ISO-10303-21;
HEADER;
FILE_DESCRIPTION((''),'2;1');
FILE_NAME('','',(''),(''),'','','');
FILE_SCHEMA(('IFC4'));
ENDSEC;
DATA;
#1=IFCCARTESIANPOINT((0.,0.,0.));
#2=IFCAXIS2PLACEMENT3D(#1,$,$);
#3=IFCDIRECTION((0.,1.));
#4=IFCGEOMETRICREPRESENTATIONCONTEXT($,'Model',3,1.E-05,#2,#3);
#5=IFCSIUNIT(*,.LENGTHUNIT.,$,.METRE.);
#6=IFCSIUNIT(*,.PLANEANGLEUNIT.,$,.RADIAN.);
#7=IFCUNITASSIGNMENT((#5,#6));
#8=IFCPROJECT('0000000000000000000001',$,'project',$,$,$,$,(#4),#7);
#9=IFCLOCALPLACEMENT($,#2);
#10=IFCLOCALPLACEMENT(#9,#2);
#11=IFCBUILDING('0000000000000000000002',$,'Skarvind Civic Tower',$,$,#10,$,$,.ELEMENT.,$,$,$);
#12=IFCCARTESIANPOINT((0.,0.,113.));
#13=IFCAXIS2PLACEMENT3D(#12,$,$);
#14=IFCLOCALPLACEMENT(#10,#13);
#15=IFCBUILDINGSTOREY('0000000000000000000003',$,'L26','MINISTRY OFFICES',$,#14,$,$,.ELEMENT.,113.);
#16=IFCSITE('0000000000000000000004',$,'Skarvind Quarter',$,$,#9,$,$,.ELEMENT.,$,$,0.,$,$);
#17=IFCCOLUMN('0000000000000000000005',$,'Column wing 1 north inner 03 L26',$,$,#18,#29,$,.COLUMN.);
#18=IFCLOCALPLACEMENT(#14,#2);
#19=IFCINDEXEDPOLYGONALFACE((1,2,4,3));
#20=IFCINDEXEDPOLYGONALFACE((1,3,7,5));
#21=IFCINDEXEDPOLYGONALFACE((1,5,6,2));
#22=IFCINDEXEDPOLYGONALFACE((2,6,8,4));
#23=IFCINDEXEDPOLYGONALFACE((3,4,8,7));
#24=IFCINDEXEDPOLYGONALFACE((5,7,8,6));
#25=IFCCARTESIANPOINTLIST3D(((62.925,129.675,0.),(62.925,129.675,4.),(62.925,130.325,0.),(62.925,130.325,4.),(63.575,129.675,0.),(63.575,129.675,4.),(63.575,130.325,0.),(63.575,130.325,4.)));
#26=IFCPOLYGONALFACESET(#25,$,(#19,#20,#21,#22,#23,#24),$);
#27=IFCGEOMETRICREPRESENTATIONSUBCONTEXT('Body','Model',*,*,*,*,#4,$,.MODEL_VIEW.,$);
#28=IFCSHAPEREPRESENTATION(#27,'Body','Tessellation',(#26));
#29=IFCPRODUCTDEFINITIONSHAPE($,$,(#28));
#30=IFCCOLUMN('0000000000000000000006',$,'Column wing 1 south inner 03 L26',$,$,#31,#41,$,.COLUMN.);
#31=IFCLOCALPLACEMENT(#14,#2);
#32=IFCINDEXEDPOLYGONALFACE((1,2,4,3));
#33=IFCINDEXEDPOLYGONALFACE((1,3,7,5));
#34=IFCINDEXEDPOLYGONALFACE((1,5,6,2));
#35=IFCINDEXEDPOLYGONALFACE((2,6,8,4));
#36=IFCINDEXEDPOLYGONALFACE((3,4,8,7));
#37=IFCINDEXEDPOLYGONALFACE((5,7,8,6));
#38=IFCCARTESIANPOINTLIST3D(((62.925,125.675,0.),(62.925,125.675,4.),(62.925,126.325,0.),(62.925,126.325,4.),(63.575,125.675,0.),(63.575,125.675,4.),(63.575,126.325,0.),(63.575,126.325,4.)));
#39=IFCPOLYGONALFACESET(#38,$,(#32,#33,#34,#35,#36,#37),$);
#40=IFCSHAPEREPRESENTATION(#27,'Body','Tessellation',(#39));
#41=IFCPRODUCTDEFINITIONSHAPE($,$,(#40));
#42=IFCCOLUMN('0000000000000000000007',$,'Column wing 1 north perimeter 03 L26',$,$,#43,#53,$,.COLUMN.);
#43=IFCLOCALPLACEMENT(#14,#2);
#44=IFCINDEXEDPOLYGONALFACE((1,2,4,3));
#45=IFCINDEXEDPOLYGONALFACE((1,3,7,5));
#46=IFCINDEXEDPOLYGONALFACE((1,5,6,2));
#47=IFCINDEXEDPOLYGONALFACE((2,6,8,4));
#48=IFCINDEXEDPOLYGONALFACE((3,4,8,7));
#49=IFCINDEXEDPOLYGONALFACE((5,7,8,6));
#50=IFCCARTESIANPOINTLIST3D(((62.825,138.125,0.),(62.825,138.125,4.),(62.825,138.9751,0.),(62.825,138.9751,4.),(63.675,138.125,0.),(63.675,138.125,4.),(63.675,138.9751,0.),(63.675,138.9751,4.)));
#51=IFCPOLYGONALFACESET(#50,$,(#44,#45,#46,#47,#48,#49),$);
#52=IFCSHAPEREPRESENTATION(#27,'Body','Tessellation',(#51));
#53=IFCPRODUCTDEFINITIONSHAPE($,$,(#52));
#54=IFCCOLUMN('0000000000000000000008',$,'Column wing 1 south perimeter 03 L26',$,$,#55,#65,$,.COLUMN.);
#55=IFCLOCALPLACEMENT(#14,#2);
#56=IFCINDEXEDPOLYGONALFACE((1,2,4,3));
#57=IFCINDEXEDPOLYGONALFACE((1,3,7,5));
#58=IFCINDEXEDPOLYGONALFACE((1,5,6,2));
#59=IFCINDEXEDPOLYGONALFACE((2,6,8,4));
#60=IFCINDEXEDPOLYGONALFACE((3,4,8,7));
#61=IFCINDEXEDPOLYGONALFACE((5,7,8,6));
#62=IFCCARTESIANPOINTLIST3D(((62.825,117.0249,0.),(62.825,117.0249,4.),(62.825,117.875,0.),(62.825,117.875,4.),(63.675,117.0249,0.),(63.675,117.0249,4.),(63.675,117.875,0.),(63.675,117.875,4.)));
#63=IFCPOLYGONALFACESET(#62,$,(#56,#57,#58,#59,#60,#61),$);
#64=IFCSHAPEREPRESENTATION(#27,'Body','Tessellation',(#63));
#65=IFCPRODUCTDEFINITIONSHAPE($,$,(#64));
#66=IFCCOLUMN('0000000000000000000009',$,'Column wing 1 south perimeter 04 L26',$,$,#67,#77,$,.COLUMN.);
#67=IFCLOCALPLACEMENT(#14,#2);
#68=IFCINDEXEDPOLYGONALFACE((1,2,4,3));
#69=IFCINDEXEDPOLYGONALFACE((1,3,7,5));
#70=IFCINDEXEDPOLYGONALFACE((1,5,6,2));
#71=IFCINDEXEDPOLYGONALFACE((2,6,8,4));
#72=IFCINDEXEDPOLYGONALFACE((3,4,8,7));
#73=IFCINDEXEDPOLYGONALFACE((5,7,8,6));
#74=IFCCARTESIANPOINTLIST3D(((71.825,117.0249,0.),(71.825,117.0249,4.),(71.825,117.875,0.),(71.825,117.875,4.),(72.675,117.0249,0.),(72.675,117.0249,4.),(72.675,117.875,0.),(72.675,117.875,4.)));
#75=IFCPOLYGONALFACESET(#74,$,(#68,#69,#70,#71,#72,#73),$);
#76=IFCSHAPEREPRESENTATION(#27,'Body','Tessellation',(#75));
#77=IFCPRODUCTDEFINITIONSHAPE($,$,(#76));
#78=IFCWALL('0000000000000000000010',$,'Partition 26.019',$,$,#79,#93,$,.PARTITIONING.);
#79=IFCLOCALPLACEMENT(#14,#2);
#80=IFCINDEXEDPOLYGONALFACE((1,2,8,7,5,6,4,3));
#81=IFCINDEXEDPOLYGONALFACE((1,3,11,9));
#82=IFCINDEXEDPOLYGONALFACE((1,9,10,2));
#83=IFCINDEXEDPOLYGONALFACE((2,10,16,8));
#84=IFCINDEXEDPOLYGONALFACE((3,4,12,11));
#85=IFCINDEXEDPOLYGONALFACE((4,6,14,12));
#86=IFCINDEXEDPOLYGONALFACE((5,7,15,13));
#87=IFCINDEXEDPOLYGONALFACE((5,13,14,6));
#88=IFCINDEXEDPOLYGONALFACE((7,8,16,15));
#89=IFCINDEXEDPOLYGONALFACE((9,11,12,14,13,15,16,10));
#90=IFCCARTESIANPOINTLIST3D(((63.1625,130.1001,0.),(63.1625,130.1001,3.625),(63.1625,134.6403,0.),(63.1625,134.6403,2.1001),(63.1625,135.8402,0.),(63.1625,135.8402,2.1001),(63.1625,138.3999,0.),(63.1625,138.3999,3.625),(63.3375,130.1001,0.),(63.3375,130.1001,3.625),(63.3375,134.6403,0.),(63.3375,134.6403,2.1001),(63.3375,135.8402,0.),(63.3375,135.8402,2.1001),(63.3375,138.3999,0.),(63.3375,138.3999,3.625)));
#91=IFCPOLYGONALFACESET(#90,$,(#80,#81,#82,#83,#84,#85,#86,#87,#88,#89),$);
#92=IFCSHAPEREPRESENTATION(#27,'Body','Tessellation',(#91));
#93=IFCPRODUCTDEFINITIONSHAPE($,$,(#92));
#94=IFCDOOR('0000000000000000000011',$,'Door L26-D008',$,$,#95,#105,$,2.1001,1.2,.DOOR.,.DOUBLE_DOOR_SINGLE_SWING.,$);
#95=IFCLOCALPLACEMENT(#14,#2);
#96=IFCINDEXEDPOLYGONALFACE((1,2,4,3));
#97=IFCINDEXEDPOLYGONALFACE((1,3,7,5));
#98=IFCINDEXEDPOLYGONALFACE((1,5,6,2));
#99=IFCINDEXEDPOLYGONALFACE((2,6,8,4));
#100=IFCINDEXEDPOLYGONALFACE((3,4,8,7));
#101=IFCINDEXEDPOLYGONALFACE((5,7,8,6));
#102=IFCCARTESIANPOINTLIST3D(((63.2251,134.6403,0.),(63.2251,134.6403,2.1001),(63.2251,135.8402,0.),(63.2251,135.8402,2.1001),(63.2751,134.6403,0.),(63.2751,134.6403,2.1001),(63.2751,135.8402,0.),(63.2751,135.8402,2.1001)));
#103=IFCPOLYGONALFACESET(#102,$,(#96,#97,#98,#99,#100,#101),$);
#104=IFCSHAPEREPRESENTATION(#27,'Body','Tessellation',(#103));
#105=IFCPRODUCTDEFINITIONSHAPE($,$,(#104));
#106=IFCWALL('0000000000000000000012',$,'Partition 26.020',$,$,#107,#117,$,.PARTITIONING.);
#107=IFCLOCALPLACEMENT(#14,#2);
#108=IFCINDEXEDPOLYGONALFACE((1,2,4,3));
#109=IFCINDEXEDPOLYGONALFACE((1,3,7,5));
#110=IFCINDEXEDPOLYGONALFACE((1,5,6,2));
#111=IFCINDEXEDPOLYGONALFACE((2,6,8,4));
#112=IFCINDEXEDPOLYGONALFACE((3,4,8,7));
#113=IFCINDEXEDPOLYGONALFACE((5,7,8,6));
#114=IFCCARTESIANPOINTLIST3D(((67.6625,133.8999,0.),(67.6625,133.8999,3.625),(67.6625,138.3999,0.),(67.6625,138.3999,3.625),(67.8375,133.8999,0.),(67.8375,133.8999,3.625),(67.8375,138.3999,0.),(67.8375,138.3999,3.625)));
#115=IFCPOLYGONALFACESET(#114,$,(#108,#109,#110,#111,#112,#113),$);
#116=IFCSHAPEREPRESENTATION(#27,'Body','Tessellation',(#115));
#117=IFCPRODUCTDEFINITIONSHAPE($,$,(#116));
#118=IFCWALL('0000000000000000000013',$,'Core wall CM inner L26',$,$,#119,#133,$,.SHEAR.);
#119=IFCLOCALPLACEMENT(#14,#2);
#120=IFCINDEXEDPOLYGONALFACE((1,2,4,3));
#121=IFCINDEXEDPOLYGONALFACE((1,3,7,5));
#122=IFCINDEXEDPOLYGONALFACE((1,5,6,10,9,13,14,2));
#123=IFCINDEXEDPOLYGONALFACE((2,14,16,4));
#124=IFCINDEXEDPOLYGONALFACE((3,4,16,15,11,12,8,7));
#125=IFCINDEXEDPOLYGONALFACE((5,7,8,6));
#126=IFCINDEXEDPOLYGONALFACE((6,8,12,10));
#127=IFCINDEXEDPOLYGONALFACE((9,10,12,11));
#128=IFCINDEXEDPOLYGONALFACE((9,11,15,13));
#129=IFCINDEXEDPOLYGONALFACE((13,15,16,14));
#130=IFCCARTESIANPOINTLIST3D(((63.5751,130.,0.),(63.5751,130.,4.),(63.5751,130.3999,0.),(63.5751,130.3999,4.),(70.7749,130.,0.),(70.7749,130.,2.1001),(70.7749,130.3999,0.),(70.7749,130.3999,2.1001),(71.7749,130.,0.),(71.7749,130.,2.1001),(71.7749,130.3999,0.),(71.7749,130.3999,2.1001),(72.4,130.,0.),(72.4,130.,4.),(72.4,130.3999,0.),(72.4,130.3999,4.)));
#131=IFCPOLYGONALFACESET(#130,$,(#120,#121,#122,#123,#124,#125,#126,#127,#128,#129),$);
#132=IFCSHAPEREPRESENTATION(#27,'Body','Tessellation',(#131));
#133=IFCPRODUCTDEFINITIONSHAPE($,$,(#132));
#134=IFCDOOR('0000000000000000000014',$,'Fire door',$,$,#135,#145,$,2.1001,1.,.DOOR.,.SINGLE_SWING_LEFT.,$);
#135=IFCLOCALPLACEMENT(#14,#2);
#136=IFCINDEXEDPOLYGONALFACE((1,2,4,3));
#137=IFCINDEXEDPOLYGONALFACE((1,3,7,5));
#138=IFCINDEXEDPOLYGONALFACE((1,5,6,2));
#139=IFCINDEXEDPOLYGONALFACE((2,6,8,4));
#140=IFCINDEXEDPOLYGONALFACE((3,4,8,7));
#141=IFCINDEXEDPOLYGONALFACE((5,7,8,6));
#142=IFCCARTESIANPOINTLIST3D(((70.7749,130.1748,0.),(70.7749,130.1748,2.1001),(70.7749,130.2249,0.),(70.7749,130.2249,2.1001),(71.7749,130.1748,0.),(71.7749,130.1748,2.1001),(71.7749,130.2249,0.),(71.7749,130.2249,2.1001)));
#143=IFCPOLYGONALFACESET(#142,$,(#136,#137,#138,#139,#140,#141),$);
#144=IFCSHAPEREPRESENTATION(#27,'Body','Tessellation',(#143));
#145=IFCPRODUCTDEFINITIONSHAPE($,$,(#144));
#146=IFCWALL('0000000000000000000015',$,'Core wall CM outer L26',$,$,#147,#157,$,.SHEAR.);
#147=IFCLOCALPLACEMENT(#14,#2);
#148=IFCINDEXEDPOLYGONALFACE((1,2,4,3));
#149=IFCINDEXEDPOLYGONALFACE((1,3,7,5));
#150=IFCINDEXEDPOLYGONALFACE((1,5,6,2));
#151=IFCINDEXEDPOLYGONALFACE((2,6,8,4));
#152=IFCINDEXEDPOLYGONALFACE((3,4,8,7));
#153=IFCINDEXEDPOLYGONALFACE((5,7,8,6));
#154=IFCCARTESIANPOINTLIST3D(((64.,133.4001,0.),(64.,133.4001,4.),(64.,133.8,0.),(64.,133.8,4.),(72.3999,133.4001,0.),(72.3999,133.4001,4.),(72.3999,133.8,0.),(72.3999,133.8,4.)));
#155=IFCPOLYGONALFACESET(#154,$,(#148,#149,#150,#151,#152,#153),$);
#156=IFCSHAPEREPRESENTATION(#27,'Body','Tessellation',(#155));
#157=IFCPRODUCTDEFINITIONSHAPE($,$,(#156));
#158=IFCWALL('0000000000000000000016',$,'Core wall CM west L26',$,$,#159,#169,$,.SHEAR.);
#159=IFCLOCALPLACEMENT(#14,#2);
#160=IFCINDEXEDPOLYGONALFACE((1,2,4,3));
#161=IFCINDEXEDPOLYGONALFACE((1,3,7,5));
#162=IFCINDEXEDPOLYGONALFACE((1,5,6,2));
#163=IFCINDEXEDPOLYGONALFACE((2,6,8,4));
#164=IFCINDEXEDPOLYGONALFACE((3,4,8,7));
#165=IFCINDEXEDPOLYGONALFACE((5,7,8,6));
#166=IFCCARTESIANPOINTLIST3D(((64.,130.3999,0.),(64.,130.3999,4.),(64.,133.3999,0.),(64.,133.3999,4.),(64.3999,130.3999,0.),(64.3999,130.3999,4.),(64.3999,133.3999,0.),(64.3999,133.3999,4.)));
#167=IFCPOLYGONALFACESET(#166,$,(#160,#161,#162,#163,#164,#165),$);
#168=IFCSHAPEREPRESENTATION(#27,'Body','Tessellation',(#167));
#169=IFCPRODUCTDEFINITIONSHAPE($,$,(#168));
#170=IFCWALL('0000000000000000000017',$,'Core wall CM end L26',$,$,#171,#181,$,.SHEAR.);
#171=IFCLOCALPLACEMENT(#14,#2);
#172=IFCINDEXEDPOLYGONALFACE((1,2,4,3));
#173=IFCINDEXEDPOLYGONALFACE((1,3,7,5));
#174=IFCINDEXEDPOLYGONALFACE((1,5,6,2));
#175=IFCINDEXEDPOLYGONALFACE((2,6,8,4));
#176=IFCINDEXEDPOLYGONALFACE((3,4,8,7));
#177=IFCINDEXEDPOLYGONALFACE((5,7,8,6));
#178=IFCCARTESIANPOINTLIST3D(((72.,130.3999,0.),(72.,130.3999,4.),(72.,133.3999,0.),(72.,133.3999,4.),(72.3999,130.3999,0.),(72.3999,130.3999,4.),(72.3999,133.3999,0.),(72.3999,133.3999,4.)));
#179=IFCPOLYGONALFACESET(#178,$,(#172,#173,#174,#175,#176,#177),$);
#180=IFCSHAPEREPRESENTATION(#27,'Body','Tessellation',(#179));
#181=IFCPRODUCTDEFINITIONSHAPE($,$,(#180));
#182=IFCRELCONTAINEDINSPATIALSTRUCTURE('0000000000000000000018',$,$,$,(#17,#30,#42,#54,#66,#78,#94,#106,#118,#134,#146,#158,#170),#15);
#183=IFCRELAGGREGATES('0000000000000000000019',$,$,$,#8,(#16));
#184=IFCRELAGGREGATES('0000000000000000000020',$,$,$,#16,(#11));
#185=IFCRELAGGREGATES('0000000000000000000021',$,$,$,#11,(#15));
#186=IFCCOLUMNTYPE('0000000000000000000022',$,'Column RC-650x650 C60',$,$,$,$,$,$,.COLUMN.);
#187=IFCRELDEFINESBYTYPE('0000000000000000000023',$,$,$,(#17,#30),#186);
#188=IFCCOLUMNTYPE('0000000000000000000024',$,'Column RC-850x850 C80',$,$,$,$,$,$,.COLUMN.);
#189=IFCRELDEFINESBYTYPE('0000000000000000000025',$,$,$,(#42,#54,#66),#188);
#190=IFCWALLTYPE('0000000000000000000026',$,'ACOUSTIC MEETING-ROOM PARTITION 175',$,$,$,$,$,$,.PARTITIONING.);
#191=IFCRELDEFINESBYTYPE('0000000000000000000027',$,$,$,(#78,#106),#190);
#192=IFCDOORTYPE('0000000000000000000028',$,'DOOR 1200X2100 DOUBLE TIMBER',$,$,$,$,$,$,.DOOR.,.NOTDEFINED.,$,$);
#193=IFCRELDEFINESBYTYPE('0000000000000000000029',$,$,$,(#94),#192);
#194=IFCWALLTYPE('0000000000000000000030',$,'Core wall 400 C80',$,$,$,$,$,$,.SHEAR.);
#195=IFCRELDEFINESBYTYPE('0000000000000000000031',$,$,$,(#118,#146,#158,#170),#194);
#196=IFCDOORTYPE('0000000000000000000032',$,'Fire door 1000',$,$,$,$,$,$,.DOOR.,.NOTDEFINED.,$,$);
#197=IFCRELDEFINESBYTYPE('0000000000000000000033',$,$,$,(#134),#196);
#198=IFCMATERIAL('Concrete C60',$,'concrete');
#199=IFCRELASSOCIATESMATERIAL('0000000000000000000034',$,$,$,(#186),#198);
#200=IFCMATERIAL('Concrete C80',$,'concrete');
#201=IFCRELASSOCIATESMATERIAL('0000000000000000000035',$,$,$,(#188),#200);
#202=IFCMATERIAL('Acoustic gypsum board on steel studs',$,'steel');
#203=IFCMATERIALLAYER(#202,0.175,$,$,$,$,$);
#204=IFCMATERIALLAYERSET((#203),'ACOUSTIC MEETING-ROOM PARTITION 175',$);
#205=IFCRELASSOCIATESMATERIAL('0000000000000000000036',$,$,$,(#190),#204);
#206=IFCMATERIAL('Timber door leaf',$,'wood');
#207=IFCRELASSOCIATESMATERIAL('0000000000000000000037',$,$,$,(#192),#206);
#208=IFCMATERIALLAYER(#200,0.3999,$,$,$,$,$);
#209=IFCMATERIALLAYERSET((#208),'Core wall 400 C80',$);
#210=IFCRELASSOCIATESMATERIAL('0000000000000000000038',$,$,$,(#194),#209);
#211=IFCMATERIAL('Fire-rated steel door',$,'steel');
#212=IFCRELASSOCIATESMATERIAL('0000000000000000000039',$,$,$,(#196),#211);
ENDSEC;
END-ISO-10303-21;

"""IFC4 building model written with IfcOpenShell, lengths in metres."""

from ifc_helpers import new_model, si_unit, direction, frame, frame_2d, origin, origin_2d, place, context, subcontext, project, spatial, rectangle, extrude, material, layer, layer_set, material_profile, profile_set, type_object, element, fill, save


model = new_model("IFC4")

# Units and contexts
model_context = context("Model", 3, precision=1e-05, world=origin(), true_north=direction((0.0, 1.0)))
body_context = subcontext(model_context, "Body", "Model", "MODEL_VIEW")
ifc_project = project(units=[si_unit("LENGTHUNIT", "METRE"), si_unit("PLANEANGLEUNIT", "RADIAN")], contexts=[model_context])

# Site, building, storey
site_placement = place(None, origin())
site = spatial("IfcSite", under=ifc_project, at=site_placement, Name="Skarvind Quarter", CompositionType="ELEMENT", RefElevation=0.0)
building_placement = place(site_placement, origin())
building = spatial("IfcBuilding", under=site, at=building_placement, Name="Skarvind Civic Tower", CompositionType="ELEMENT")
storey_placement = place(building_placement, frame((0.0, 0.0, 113.0)))
storey = spatial("IfcBuildingStorey", under=building, at=storey_placement, Name="L26", Description="MINISTRY OFFICES", CompositionType="ELEMENT", Elevation=113.0)

# Columns
ifc_material_1 = material(Name="Concrete C60", Category="concrete")
ifc_material_profile_1 = material_profile(ifc_material_1, rectangle(XDim=0.6499, YDim=0.6499, at=origin_2d()), Name="RC-650x650")
ifc_profile_set_1 = profile_set([ifc_material_profile_1], Name="Concrete C60")
column_type_1 = type_object("IfcColumnType", Name="Column RC-650x650 C60", PredefinedType="COLUMN", material=ifc_profile_set_1)
for number, where, z_axis, x_axis, name in (
    (1, (63.25, 130.0, 0.0), (0.0, 0.0, 1.0), (1.0, 0.0, 0.0), "Column wing 1 north inner 03 L26"),
    (2, (63.25, 126.0, 0.0), (0.0, 0.0, 1.0), (1.0, 0.0, 0.0), "Column wing 1 south inner 03 L26"),
):
    element("IfcColumn", number, at=place(storey_placement, frame(where, z_axis=z_axis, x_axis=x_axis)), inside=storey, type_object=column_type_1, Name=name, PredefinedType="COLUMN", context=body_context, shape_type="SweptSolid", body=[
        extrude(rectangle(XDim=0.6499, YDim=0.6499, at=origin_2d()), origin(), (0.0, 0.0, 1.0), 4.0),
    ])
ifc_material_2 = material(Name="Concrete C80", Category="concrete")
ifc_material_profile_2 = material_profile(ifc_material_2, rectangle(XDim=0.8501, YDim=0.8501, at=origin_2d()), Name="RC-850x850")
ifc_profile_set_2 = profile_set([ifc_material_profile_2], Name="Concrete C80")
column_type_2 = type_object("IfcColumnType", Name="Column RC-850x850 C80", PredefinedType="COLUMN", material=ifc_profile_set_2)
for number, where, z_axis, x_axis, name in (
    (3, (63.25, 138.55, 0.0), (0.0, 0.0, 1.0), (1.0, 0.0, 0.0), "Column wing 1 north perimeter 03 L26"),
    (4, (63.25, 117.45, 0.0), (0.0, 0.0, 1.0), (1.0, 0.0, 0.0), "Column wing 1 south perimeter 03 L26"),
    (5, (72.25, 117.45, 0.0), (0.0, 0.0, 1.0), (1.0, 0.0, 0.0), "Column wing 1 south perimeter 04 L26"),
):
    element("IfcColumn", number, at=place(storey_placement, frame(where, z_axis=z_axis, x_axis=x_axis)), inside=storey, type_object=column_type_2, Name=name, PredefinedType="COLUMN", context=body_context, shape_type="SweptSolid", body=[
        extrude(rectangle(XDim=0.8501, YDim=0.8501, at=origin_2d()), origin(), (0.0, 0.0, 1.0), 4.0),
    ])

# Wall, opening, door
ifc_material_3 = material(Name="Acoustic gypsum board on steel studs", Category="steel")
ifc_layer_1 = layer(ifc_material_3, 0.175)
ifc_layer_set_1 = layer_set([ifc_layer_1], Name="ACOUSTIC MEETING-ROOM PARTITION 175")
wall_type_1 = type_object("IfcWallType", Name="ACOUSTIC MEETING-ROOM PARTITION 175", PredefinedType="PARTITIONING", material=ifc_layer_set_1)
wall_1_placement = place(storey_placement, frame((63.25, 130.1001, 0.0), z_axis=(0.0, 0.0, 1.0), x_axis=(0.0, 1.0, 0.0)))
wall_1 = element("IfcWall", 6, at=wall_1_placement, inside=storey, type_object=wall_type_1, Name="Partition 26.019", PredefinedType="PARTITIONING", context=body_context, shape_type="SweptSolid", body=[
    extrude(rectangle(XDim=8.2998, YDim=0.175, at=frame_2d((4.1499, 0.0))), origin(), (0.0, 0.0, 1.0), 3.625),
])
opening_1_placement = place(wall_1_placement, frame((4.54, 0.0, 0.0)))
opening_1 = element("IfcOpeningElement", 7, at=opening_1_placement, cuts=wall_1, PredefinedType="OPENING", context=body_context, shape_type="SweptSolid", body=[
    extrude(rectangle(XDim=1.2, YDim=2.1001, at=frame_2d((0.6001, 1.05))), frame((0.0, 0.0974, 0.0), z_axis=(0.0, -1.0, 0.0), x_axis=(1.0, 0.0, 0.0)), (0.0, 0.0, 1.0), 0.1951),
])
ifc_material_4 = material(Name="Timber door leaf", Category="wood")
door_type_1 = type_object("IfcDoorType", Name="DOOR 1200X2100 DOUBLE TIMBER", OperationType="NOTDEFINED", PredefinedType="DOOR", material=ifc_material_4)
door_1_placement = place(opening_1_placement, origin())
door_1 = element("IfcDoor", 8, at=door_1_placement, inside=storey, type_object=door_type_1, Name="Door L26-D008", OperationType="DOUBLE_DOOR_SINGLE_SWING", OverallHeight=2.1001, OverallWidth=1.2, PredefinedType="DOOR", context=body_context, shape_type="SweptSolid", body=[
    extrude(rectangle(XDim=1.2, YDim=2.1001, at=frame_2d((0.6001, 1.05))), frame((0.0, 0.0249, 0.0), z_axis=(0.0, -1.0, 0.0), x_axis=(1.0, 0.0, 0.0)), (0.0, 0.0, 1.0), 0.05),
])
fill(opening_1, door_1)

# Wall
wall_2_placement = place(storey_placement, frame((67.75, 133.8999, 0.0), z_axis=(0.0, 0.0, 1.0), x_axis=(0.0, 1.0, 0.0)))
element("IfcWall", 9, at=wall_2_placement, inside=storey, type_object=wall_type_1, Name="Partition 26.020", PredefinedType="PARTITIONING", context=body_context, shape_type="SweptSolid", body=[
    extrude(rectangle(XDim=4.5, YDim=0.175, at=frame_2d((2.25, 0.0))), origin(), (0.0, 0.0, 1.0), 3.625),
])

# Wall, opening, door
ifc_layer_2 = layer(ifc_material_2, 0.3999)
ifc_layer_set_2 = layer_set([ifc_layer_2], Name="Core wall 400 C80")
wall_type_2 = type_object("IfcWallType", Name="Core wall 400 C80", PredefinedType="SHEAR", material=ifc_layer_set_2)
wall_3_placement = place(storey_placement, frame((63.575, 130.2, 0.0), z_axis=(0.0, 0.0, 1.0), x_axis=(1.0, 0.0, 0.0)))
wall_3 = element("IfcWall", 10, at=wall_3_placement, inside=storey, type_object=wall_type_2, Name="Core wall CM inner L26", PredefinedType="SHEAR", context=body_context, shape_type="SweptSolid", body=[
    extrude(rectangle(XDim=8.825, YDim=0.3999, at=frame_2d((4.4126, 0.0))), origin(), (0.0, 0.0, 1.0), 4.0),
])
opening_2_placement = place(wall_3_placement, frame((7.2, 0.0, 0.0)))
opening_2 = element("IfcOpeningElement", 11, at=opening_2_placement, cuts=wall_3, PredefinedType="OPENING", context=body_context, shape_type="SweptSolid", body=[
    extrude(rectangle(XDim=1.0, YDim=2.1001, at=frame_2d((0.5, 1.05))), frame((0.0, 0.21, 0.0), z_axis=(0.0, -1.0, 0.0), x_axis=(1.0, 0.0, 0.0)), (0.0, 0.0, 1.0), 0.4199),
])
ifc_material_5 = material(Name="Fire-rated steel door", Category="steel")
door_type_2 = type_object("IfcDoorType", Name="Fire door 1000", OperationType="NOTDEFINED", PredefinedType="DOOR", material=ifc_material_5)
door_2_placement = place(opening_2_placement, origin())
door_2 = element("IfcDoor", 12, at=door_2_placement, inside=storey, type_object=door_type_2, Name="Fire door", OperationType="SINGLE_SWING_LEFT", OverallHeight=2.1001, OverallWidth=1.0, PredefinedType="DOOR", context=body_context, shape_type="SweptSolid", body=[
    extrude(rectangle(XDim=1.0, YDim=2.1001, at=frame_2d((0.5, 1.05))), frame((0.0, 0.0249, 0.0), z_axis=(0.0, -1.0, 0.0), x_axis=(1.0, 0.0, 0.0)), (0.0, 0.0, 1.0), 0.05),
])
fill(opening_2, door_2)

# Walls
wall_4_placement = place(storey_placement, frame((64.0, 133.6001, 0.0), z_axis=(0.0, 0.0, 1.0), x_axis=(1.0, 0.0, 0.0)))
element("IfcWall", 13, at=wall_4_placement, inside=storey, type_object=wall_type_2, Name="Core wall CM outer L26", PredefinedType="SHEAR", context=body_context, shape_type="SweptSolid", body=[
    extrude(rectangle(XDim=8.3999, YDim=0.3999, at=frame_2d((4.2, 0.0))), origin(), (0.0, 0.0, 1.0), 4.0),
])
for number, where, z_axis, x_axis, name in (
    (14, (64.2, 130.3999, 0.0), (0.0, 0.0, 1.0), (0.0, 1.0, 0.0), "Core wall CM west L26"),
    (15, (72.2, 130.3999, 0.0), (0.0, 0.0, 1.0), (0.0, 1.0, 0.0), "Core wall CM end L26"),
):
    element("IfcWall", number, at=place(storey_placement, frame(where, z_axis=z_axis, x_axis=x_axis)), inside=storey, type_object=wall_type_2, Name=name, PredefinedType="SHEAR", context=body_context, shape_type="SweptSolid", body=[
        extrude(rectangle(XDim=3.0, YDim=0.3999, at=frame_2d((1.5, 0.0))), origin(), (0.0, 0.0, 1.0), 4.0),
    ])

save(model, "model.ifc")
